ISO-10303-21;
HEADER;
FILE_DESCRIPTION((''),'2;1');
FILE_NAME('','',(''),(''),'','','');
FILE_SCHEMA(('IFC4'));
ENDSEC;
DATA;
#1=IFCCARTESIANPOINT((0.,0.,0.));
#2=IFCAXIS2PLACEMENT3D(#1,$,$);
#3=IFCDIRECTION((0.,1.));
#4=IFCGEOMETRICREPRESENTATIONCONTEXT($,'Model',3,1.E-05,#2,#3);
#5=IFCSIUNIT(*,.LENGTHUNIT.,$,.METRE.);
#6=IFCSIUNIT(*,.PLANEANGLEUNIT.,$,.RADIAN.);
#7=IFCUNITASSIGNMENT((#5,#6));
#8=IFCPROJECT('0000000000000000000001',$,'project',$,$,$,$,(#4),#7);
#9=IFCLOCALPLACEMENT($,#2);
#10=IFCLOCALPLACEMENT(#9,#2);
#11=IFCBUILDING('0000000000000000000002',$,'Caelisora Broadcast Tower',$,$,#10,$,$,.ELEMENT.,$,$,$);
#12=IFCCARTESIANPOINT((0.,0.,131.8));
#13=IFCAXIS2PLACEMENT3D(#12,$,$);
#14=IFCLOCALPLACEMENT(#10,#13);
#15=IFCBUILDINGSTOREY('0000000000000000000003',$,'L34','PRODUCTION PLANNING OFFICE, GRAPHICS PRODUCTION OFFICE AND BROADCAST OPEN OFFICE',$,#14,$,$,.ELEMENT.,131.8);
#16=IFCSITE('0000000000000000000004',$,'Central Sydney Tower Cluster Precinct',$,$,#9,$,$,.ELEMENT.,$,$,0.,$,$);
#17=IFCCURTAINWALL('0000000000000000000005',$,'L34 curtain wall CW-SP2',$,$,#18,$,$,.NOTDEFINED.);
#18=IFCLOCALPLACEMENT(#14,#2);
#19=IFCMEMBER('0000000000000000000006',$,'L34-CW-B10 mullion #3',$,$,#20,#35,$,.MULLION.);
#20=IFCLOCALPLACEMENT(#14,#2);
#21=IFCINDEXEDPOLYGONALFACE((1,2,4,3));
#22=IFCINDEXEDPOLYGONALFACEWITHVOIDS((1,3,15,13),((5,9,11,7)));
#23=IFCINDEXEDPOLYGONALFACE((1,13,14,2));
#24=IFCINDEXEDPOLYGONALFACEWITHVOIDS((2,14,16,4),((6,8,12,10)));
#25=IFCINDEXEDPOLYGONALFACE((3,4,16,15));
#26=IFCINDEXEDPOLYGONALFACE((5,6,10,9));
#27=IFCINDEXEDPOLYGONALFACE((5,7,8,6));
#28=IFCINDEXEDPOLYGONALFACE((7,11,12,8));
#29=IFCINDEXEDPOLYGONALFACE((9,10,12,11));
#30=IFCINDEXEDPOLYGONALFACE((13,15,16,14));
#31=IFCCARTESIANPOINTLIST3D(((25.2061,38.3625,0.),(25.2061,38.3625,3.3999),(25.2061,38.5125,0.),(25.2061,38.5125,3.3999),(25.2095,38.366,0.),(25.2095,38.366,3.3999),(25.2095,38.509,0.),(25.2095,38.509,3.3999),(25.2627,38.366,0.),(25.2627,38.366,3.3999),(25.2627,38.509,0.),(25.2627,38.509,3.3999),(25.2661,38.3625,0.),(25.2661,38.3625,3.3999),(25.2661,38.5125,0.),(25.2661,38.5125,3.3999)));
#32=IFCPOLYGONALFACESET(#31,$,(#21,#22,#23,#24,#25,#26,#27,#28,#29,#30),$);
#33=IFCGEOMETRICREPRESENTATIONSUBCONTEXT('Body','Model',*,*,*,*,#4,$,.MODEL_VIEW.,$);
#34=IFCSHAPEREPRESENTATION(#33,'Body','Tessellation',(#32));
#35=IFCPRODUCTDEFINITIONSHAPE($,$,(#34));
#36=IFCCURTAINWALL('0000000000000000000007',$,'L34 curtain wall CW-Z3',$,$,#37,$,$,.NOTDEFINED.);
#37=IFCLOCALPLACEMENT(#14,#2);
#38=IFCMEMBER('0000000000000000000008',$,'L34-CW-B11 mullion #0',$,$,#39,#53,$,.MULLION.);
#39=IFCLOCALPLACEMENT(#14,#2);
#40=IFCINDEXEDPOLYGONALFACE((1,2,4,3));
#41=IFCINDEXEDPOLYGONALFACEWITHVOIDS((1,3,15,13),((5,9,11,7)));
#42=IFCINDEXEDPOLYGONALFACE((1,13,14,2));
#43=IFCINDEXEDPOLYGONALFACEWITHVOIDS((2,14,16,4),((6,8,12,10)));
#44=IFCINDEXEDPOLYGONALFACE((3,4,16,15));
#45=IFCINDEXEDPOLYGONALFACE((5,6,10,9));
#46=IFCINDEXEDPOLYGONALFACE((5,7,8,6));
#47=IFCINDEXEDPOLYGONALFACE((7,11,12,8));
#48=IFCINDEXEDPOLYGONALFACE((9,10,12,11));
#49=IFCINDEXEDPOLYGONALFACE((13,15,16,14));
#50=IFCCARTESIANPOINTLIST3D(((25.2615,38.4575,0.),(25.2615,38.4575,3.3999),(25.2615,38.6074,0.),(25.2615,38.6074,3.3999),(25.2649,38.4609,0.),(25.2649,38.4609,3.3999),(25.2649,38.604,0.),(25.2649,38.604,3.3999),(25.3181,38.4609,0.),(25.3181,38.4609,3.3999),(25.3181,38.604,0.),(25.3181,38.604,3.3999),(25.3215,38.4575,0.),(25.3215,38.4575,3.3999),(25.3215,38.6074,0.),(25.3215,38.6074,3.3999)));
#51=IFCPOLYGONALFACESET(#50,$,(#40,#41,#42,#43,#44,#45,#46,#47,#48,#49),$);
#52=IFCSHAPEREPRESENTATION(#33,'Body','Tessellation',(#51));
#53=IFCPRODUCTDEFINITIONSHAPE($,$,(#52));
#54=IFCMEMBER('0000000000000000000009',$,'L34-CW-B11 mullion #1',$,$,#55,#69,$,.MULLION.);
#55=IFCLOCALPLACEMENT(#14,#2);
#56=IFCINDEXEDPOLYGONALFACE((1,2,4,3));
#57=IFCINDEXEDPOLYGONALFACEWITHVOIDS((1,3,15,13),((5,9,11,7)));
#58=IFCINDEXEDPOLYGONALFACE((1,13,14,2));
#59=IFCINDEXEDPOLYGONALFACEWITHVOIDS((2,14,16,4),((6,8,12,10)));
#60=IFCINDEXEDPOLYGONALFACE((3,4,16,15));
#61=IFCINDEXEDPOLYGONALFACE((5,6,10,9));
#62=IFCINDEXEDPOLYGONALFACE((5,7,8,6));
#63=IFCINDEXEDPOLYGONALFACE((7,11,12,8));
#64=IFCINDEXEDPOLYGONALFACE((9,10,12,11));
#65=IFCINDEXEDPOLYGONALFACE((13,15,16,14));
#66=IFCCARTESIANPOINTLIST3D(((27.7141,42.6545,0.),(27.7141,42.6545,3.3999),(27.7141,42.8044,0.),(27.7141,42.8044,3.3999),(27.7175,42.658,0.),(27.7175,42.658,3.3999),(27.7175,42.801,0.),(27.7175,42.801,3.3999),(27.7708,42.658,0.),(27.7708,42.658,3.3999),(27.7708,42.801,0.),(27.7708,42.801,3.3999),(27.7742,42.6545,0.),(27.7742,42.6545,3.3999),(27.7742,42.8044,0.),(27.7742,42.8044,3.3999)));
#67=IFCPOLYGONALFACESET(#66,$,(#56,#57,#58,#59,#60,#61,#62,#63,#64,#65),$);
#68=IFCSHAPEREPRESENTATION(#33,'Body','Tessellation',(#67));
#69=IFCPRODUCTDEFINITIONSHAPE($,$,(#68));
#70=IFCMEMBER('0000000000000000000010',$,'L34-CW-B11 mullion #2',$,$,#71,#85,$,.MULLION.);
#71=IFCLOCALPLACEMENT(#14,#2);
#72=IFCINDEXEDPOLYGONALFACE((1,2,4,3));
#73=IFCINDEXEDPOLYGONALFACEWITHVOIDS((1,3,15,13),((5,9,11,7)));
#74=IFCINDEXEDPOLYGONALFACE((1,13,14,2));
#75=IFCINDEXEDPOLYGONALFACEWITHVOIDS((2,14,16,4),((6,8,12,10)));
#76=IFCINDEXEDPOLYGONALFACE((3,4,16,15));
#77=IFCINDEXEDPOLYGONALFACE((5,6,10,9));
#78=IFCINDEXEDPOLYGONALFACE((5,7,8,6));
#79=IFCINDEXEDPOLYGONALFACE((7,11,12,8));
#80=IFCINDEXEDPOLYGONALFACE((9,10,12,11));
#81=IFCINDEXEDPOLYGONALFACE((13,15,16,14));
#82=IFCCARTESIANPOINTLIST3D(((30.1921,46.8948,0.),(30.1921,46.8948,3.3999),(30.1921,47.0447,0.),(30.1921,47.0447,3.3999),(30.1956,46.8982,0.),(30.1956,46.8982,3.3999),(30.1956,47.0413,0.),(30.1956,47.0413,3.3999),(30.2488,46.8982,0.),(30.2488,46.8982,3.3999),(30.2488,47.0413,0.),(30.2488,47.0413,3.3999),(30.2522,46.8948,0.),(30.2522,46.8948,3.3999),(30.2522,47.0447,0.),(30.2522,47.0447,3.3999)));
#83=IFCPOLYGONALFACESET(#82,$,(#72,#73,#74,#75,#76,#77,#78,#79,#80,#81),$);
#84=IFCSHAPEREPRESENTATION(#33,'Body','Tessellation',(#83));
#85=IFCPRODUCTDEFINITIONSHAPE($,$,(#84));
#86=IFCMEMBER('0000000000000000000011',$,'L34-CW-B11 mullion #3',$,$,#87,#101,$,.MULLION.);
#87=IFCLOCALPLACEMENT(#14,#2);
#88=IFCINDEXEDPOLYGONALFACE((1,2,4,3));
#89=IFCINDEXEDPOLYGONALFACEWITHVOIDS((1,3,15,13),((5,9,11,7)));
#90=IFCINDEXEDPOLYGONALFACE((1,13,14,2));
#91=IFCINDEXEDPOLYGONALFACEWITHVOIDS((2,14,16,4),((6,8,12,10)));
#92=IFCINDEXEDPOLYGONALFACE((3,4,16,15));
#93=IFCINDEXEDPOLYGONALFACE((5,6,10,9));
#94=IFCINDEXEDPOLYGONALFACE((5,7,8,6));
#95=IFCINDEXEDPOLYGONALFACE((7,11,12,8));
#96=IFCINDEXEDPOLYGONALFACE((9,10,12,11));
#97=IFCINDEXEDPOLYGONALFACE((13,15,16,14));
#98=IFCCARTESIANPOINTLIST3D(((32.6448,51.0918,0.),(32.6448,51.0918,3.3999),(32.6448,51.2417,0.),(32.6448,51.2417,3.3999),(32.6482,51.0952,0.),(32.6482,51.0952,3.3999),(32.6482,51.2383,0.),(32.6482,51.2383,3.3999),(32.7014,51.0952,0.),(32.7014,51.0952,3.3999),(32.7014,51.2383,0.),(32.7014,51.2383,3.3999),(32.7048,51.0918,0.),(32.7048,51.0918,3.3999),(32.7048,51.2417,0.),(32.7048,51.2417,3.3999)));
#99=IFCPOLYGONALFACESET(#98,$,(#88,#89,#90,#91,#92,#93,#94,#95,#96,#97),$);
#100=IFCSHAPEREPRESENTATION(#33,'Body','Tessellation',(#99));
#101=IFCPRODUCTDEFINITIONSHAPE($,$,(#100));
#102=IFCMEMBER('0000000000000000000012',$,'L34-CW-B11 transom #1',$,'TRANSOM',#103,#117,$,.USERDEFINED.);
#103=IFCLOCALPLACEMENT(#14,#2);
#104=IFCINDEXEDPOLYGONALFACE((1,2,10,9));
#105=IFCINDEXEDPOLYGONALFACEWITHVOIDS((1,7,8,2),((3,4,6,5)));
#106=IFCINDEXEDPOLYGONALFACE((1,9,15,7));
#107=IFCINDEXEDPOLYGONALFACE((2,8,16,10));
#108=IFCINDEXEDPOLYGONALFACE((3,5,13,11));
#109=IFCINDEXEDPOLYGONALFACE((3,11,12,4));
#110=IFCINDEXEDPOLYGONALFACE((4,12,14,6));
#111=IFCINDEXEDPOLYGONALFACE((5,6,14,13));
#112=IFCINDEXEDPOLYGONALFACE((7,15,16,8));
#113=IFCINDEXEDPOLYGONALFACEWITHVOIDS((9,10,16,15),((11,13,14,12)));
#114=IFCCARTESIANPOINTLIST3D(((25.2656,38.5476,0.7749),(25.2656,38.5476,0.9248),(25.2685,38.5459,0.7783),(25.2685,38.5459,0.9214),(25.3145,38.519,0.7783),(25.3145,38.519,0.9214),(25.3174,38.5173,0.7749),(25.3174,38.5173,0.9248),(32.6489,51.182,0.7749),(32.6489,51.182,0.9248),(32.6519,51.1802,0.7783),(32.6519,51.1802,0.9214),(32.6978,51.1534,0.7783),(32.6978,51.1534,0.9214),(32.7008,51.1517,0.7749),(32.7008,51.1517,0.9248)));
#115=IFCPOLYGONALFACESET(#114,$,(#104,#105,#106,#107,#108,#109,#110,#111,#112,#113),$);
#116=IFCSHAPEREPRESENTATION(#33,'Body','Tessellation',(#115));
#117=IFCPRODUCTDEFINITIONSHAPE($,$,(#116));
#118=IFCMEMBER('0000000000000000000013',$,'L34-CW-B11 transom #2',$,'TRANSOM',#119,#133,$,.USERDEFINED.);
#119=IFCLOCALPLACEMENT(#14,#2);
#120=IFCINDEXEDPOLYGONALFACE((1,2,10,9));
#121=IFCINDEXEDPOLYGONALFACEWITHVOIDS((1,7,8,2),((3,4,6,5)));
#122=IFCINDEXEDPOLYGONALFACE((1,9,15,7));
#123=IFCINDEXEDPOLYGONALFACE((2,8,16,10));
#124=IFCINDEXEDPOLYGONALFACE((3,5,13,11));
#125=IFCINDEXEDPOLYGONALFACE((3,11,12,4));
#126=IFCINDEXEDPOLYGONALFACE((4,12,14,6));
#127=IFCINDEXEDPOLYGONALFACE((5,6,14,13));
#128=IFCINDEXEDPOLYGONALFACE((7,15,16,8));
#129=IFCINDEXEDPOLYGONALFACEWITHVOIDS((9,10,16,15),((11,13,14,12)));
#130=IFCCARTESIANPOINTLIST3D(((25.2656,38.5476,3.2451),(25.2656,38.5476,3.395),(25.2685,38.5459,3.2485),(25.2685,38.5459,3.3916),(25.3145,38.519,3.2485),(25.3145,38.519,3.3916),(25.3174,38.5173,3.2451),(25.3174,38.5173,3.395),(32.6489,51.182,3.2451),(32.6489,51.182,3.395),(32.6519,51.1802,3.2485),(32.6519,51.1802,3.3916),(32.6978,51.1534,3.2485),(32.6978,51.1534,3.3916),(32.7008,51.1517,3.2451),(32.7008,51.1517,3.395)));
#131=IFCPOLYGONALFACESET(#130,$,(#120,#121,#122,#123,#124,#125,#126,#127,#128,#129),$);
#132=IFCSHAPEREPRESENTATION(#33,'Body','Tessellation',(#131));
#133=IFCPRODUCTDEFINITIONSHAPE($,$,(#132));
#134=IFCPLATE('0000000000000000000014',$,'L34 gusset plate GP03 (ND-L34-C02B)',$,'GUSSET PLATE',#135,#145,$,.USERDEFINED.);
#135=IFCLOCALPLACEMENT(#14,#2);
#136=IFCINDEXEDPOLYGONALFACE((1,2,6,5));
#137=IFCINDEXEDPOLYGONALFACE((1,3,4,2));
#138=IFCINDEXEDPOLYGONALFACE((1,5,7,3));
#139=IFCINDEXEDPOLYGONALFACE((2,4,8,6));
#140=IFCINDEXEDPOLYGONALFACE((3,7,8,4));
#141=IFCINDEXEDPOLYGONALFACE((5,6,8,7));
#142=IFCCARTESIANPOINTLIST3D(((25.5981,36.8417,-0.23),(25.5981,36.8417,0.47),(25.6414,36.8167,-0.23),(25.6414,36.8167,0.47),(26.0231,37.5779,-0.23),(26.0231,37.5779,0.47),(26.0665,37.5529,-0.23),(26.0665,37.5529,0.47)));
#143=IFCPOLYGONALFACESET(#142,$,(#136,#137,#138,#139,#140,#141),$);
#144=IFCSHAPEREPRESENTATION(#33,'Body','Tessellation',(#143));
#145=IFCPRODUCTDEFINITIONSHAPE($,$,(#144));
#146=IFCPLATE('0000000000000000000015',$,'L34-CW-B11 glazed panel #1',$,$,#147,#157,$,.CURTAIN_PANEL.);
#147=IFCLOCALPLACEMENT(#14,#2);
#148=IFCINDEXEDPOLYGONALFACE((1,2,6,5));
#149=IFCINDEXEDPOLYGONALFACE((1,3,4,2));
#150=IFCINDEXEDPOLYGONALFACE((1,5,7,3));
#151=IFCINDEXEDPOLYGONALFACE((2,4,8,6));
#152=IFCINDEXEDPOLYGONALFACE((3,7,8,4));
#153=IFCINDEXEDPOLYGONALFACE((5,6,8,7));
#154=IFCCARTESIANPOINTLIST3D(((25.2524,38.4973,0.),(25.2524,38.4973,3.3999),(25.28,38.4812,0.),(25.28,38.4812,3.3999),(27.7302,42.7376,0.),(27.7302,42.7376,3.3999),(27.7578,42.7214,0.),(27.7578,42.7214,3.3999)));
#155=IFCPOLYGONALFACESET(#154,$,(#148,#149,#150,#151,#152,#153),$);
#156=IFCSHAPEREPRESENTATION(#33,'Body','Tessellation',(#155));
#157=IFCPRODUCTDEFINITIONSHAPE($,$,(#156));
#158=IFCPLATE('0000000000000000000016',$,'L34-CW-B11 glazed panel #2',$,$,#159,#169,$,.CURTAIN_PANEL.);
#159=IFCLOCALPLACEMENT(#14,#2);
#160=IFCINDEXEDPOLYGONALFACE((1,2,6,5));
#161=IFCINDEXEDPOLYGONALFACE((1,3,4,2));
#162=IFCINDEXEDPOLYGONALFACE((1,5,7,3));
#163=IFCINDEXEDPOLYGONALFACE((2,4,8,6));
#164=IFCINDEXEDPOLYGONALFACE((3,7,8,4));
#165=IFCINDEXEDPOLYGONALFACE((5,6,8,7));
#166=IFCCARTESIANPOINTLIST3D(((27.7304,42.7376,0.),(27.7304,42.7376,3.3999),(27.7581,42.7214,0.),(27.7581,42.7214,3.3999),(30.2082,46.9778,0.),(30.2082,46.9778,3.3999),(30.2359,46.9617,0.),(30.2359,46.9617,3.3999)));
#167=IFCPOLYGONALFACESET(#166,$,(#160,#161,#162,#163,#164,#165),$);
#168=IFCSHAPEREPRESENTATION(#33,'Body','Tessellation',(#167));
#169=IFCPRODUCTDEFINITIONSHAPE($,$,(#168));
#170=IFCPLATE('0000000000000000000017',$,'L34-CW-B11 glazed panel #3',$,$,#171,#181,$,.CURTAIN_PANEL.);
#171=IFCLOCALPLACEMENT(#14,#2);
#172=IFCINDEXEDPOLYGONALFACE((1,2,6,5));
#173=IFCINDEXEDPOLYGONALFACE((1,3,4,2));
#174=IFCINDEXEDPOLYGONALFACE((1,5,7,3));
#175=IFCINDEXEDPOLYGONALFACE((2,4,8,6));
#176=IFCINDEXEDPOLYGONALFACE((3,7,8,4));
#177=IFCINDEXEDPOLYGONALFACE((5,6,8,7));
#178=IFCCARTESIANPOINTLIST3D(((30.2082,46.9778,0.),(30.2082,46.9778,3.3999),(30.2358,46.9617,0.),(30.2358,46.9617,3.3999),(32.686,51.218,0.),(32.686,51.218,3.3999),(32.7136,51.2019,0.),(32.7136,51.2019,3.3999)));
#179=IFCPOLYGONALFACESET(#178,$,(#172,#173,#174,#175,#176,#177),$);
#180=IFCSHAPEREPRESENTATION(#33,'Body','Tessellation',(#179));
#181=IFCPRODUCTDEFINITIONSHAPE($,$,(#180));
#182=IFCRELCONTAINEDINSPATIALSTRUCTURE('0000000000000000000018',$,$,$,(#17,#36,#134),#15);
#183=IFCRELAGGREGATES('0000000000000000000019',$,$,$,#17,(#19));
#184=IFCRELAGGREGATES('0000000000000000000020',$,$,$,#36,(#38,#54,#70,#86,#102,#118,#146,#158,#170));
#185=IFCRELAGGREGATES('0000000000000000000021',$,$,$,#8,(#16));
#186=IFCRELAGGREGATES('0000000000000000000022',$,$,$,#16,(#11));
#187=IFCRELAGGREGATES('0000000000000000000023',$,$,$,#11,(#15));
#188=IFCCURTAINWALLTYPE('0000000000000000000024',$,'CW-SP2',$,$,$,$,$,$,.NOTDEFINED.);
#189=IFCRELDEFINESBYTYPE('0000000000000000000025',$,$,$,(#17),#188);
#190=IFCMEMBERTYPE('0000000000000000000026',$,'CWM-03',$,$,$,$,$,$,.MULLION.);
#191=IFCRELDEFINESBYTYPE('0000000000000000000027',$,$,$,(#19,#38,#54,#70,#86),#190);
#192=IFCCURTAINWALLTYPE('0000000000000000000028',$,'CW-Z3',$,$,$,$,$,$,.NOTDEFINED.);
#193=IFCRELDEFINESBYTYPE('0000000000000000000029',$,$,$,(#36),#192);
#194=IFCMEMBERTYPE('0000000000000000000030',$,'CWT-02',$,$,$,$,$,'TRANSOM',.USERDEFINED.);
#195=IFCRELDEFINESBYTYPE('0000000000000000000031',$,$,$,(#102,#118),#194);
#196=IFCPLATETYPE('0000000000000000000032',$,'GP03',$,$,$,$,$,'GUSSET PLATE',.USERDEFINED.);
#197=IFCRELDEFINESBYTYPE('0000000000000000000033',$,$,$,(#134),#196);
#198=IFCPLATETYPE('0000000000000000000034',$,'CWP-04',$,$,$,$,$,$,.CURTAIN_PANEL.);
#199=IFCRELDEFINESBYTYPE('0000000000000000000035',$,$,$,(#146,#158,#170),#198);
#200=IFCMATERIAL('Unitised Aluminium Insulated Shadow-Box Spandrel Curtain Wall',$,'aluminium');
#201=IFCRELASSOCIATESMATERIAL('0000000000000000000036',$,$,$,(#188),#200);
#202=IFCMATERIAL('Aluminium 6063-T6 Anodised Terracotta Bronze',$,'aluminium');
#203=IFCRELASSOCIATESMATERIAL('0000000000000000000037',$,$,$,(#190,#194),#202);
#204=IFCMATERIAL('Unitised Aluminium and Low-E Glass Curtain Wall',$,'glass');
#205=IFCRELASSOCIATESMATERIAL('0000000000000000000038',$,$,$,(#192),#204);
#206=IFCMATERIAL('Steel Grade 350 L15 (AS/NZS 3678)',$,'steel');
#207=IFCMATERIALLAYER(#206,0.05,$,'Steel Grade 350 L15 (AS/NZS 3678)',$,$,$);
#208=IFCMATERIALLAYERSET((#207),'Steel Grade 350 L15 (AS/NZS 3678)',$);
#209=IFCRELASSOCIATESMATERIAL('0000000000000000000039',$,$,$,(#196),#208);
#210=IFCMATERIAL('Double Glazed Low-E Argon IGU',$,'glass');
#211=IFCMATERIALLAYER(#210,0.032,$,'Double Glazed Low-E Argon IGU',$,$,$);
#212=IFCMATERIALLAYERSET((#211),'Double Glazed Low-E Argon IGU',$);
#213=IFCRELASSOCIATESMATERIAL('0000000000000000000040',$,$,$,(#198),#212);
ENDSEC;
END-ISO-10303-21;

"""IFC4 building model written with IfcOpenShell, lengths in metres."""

from ifc_helpers import new_model, si_unit, direction, frame, origin, origin_2d, place, context, subcontext, project, spatial, rectangle, hollow_rectangle, extrude, source, transform, mapped, material, layer, layer_set, material_profile, profile_set, type_object, type_shapes, element, aggregate, save


model = new_model("IFC4")

# Units and contexts
model_context = context("Model", 3, precision=1e-05, world=origin(), true_north=direction((0.0, 1.0)))
body_context = subcontext(model_context, "Body", "Model", "MODEL_VIEW")
ifc_project = project(units=[si_unit("LENGTHUNIT", "METRE"), si_unit("PLANEANGLEUNIT", "RADIAN")], contexts=[model_context])

# Site, building, storey
site_placement = place(None, origin())
site = spatial("IfcSite", under=ifc_project, at=site_placement, Name="Central Sydney Tower Cluster Precinct", CompositionType="ELEMENT", RefElevation=0.0)
building_placement = place(site_placement, origin())
building = spatial("IfcBuilding", under=site, at=building_placement, Name="Caelisora Broadcast Tower", CompositionType="ELEMENT")
storey_placement = place(building_placement, frame((0.0, 0.0, 131.8)))
storey = spatial("IfcBuildingStorey", under=building, at=storey_placement, Name="L34", Description="PRODUCTION PLANNING OFFICE, GRAPHICS PRODUCTION OFFICE AND BROADCAST OPEN OFFICE", CompositionType="ELEMENT", Elevation=131.8)

# Shared definitions
ifc_material_1 = material(Name="Steel Grade 350 L15 (AS/NZS 3678)", Category="steel")

# Curtain wall, member
ifc_material_2 = material(Name="Unitised Aluminium Insulated Shadow-Box Spandrel Curtain Wall", Category="aluminium")
curtain_wall_type_1 = type_object("IfcCurtainWallType", Name="CW-SP2", PredefinedType="NOTDEFINED", material=ifc_material_2)
curtain_wall_1_placement = place(storey_placement, origin())
curtain_wall_1 = element("IfcCurtainWall", 1, at=curtain_wall_1_placement, inside=storey, type_object=curtain_wall_type_1, Name="L34 curtain wall CW-SP2", PredefinedType="NOTDEFINED")
ifc_material_3 = material(Name="Aluminium 6063-T6 Anodised Terracotta Bronze", Category="aluminium")
ifc_material_profile_1 = material_profile(ifc_material_3, hollow_rectangle(XDim=0.0601, YDim=0.1499, WallThickness=0.0034, at=origin_2d()), Name="Aluminium 6063-T6 Anodised Terracotta Bronze")
ifc_profile_set_1 = profile_set([ifc_material_profile_1], Name="Aluminium 6063-T6 Anodised Terracotta Bronze")
member_type_1 = type_object("IfcMemberType", Name="CWM-03", PredefinedType="MULLION", material=ifc_profile_set_1)
shared_shape_1 = source(origin(), body_context, "Body", "SweptSolid", [
    extrude(hollow_rectangle(XDim=0.0601, YDim=0.1499, WallThickness=0.0034, at=origin_2d()), origin(), (0.0, 0.0, 1.0), 3.3999),
])
type_shapes(member_type_1, [shared_shape_1])
member_1_placement = place(storey_placement, frame((25.2361, 38.4375, 0.0), z_axis=(0.0, 0.0, 1.0), x_axis=(1.0, 0.0, 0.0)))
member_1 = element("IfcMember", 2, at=member_1_placement, type_object=member_type_1, Name="L34-CW-B10 mullion #3", PredefinedType="MULLION", context=body_context, shape_type="MappedRepresentation", body=[
    mapped(shared_shape_1, transform((0.0, 0.0, 0.0), scale=1.0)),
])
aggregate(curtain_wall_1, [member_1])

# Curtain wall, members
ifc_material_4 = material(Name="Unitised Aluminium and Low-E Glass Curtain Wall", Category="glass")
curtain_wall_type_2 = type_object("IfcCurtainWallType", Name="CW-Z3", PredefinedType="NOTDEFINED", material=ifc_material_4)
curtain_wall_2_placement = place(storey_placement, origin())
curtain_wall_2 = element("IfcCurtainWall", 3, at=curtain_wall_2_placement, inside=storey, type_object=curtain_wall_type_2, Name="L34 curtain wall CW-Z3", PredefinedType="NOTDEFINED")
member_2_placement = place(storey_placement, frame((25.2915, 38.5325, 0.0), z_axis=(0.0, 0.0, 1.0), x_axis=(1.0, 0.0, 0.0)))
member_2 = element("IfcMember", 4, at=member_2_placement, type_object=member_type_1, Name="L34-CW-B11 mullion #0", PredefinedType="MULLION", context=body_context, shape_type="MappedRepresentation", body=[
    mapped(shared_shape_1, transform((0.0, 0.0, 0.0), scale=1.0)),
])
member_3_placement = place(storey_placement, frame((27.7441, 42.7295, 0.0), z_axis=(0.0, 0.0, 1.0), x_axis=(1.0, 0.0, 0.0)))
member_3 = element("IfcMember", 5, at=member_3_placement, type_object=member_type_1, Name="L34-CW-B11 mullion #1", PredefinedType="MULLION", context=body_context, shape_type="MappedRepresentation", body=[
    mapped(shared_shape_1, transform((0.0, 0.0, 0.0), scale=1.0)),
])
member_4_placement = place(storey_placement, frame((30.2222, 46.9697, 0.0), z_axis=(0.0, 0.0, 1.0), x_axis=(1.0, 0.0, 0.0)))
member_4 = element("IfcMember", 6, at=member_4_placement, type_object=member_type_1, Name="L34-CW-B11 mullion #2", PredefinedType="MULLION", context=body_context, shape_type="MappedRepresentation", body=[
    mapped(shared_shape_1, transform((0.0, 0.0, 0.0), scale=1.0)),
])
member_5_placement = place(storey_placement, frame((32.6748, 51.1667, 0.0), z_axis=(0.0, 0.0, 1.0), x_axis=(1.0, 0.0, 0.0)))
member_5 = element("IfcMember", 7, at=member_5_placement, type_object=member_type_1, Name="L34-CW-B11 mullion #3", PredefinedType="MULLION", context=body_context, shape_type="MappedRepresentation", body=[
    mapped(shared_shape_1, transform((0.0, 0.0, 0.0), scale=1.0)),
])
ifc_material_profile_2 = material_profile(ifc_material_3, hollow_rectangle(XDim=0.0601, YDim=0.1499, WallThickness=0.0034, at=origin_2d()), Name="Aluminium 6063-T6 Anodised Terracotta Bronze")
ifc_profile_set_2 = profile_set([ifc_material_profile_2], Name="Aluminium 6063-T6 Anodised Terracotta Bronze")
member_type_2 = type_object("IfcMemberType", Name="CWT-02", ElementType="TRANSOM", PredefinedType="USERDEFINED", material=ifc_profile_set_2)
shared_shape_2 = source(origin(), body_context, "Body", "SweptSolid", [
    extrude(hollow_rectangle(XDim=0.0601, YDim=0.1499, WallThickness=0.0034, at=origin_2d()), origin(), (0.0, 0.0, 1.0), 14.6335),
])
type_shapes(member_type_2, [shared_shape_2])
member_6_placement = place(storey_placement, frame((25.2915, 38.5325, 0.8499), z_axis=(0.504549, 0.863383, 0.0), x_axis=(-0.863383, 0.504549, 0.0)))
member_6 = element("IfcMember", 8, at=member_6_placement, type_object=member_type_2, Name="L34-CW-B11 transom #1", ObjectType="TRANSOM", PredefinedType="USERDEFINED", context=body_context, shape_type="MappedRepresentation", body=[
    mapped(shared_shape_2, transform((0.0, 0.0, 0.0), scale=1.0)),
])
member_7_placement = place(storey_placement, frame((25.2915, 38.5325, 3.3201), z_axis=(0.504549, 0.863383, 0.0), x_axis=(-0.863383, 0.504549, 0.0)))
member_7 = element("IfcMember", 9, at=member_7_placement, type_object=member_type_2, Name="L34-CW-B11 transom #2", ObjectType="TRANSOM", PredefinedType="USERDEFINED", context=body_context, shape_type="MappedRepresentation", body=[
    mapped(shared_shape_2, transform((0.0, 0.0, 0.0), scale=1.0)),
])

# Plates
ifc_layer_1 = layer(ifc_material_1, 0.05, Name="Steel Grade 350 L15 (AS/NZS 3678)")
ifc_layer_set_1 = layer_set([ifc_layer_1], Name="Steel Grade 350 L15 (AS/NZS 3678)")
plate_type_1 = type_object("IfcPlateType", Name="GP03", ElementType="GUSSET PLATE", PredefinedType="USERDEFINED", material=ifc_layer_set_1)
shared_shape_3 = source(origin(), body_context, "Body", "SweptSolid", [
    extrude(rectangle(XDim=0.8501, YDim=0.05, at=origin_2d()), origin(), (0.0, 0.0, 1.0), 0.7),
])
type_shapes(plate_type_1, [shared_shape_3])
plate_1_placement = place(storey_placement, frame((25.8323, 37.1973, -0.23), z_axis=(0.0, 0.0, 1.0), x_axis=(-0.5, -0.866025, 0.0)))
element("IfcPlate", 10, at=plate_1_placement, inside=storey, type_object=plate_type_1, Name="L34 gusset plate GP03 (ND-L34-C02B)", ObjectType="GUSSET PLATE", PredefinedType="USERDEFINED", context=body_context, shape_type="MappedRepresentation", body=[
    mapped(shared_shape_3, transform((0.0, 0.0, 0.0), scale=1.0)),
])
ifc_material_5 = material(Name="Double Glazed Low-E Argon IGU", Category="glass")
ifc_layer_2 = layer(ifc_material_5, 0.032, Name="Double Glazed Low-E Argon IGU")
ifc_layer_set_2 = layer_set([ifc_layer_2], Name="Double Glazed Low-E Argon IGU")
plate_type_2 = type_object("IfcPlateType", Name="CWP-04", PredefinedType="CURTAIN_PANEL", material=ifc_layer_set_2)
shared_shape_4 = source(origin(), body_context, "Body", "SweptSolid", [
    extrude(rectangle(XDim=4.9111, YDim=0.032, at=origin_2d()), origin(), (0.0, 0.0, 1.0), 3.3999),
])
type_shapes(plate_type_2, [shared_shape_4])
plate_2_placement = place(storey_placement, frame((26.5051, 40.6094, 0.0), z_axis=(0.0, 0.0, 1.0), x_axis=(0.504528, 0.863396, 0.0)))
plate_2 = element("IfcPlate", 11, at=plate_2_placement, type_object=plate_type_2, Name="L34-CW-B11 glazed panel #1", PredefinedType="CURTAIN_PANEL", context=body_context, shape_type="MappedRepresentation", body=[
    mapped(shared_shape_4, transform((0.0, 0.0, 0.0), scale=1.0)),
])
plate_3_placement = place(storey_placement, frame((28.9832, 44.8496, 0.0), z_axis=(0.0, 0.0, 1.0), x_axis=(0.504528, 0.863396, 0.0)))
plate_3 = element("IfcPlate", 12, at=plate_3_placement, type_object=plate_type_2, Name="L34-CW-B11 glazed panel #2", PredefinedType="CURTAIN_PANEL", context=body_context, shape_type="MappedRepresentation", body=[
    mapped(shared_shape_4, transform((0.0, 0.0, 0.0), scale=1.0)),
])
plate_4_placement = place(storey_placement, frame((31.4609, 49.0898, 0.0), z_axis=(0.0, 0.0, 1.0), x_axis=(0.504528, 0.863396, 0.0)))
plate_4 = element("IfcPlate", 13, at=plate_4_placement, type_object=plate_type_2, Name="L34-CW-B11 glazed panel #3", PredefinedType="CURTAIN_PANEL", context=body_context, shape_type="MappedRepresentation", body=[
    mapped(shared_shape_4, transform((0.0, 0.0, 0.0), scale=1.0)),
])
aggregate(curtain_wall_2, [member_2, member_3, member_4, member_5, member_6, member_7, plate_2, plate_3, plate_4])

save(model, "model.ifc")
